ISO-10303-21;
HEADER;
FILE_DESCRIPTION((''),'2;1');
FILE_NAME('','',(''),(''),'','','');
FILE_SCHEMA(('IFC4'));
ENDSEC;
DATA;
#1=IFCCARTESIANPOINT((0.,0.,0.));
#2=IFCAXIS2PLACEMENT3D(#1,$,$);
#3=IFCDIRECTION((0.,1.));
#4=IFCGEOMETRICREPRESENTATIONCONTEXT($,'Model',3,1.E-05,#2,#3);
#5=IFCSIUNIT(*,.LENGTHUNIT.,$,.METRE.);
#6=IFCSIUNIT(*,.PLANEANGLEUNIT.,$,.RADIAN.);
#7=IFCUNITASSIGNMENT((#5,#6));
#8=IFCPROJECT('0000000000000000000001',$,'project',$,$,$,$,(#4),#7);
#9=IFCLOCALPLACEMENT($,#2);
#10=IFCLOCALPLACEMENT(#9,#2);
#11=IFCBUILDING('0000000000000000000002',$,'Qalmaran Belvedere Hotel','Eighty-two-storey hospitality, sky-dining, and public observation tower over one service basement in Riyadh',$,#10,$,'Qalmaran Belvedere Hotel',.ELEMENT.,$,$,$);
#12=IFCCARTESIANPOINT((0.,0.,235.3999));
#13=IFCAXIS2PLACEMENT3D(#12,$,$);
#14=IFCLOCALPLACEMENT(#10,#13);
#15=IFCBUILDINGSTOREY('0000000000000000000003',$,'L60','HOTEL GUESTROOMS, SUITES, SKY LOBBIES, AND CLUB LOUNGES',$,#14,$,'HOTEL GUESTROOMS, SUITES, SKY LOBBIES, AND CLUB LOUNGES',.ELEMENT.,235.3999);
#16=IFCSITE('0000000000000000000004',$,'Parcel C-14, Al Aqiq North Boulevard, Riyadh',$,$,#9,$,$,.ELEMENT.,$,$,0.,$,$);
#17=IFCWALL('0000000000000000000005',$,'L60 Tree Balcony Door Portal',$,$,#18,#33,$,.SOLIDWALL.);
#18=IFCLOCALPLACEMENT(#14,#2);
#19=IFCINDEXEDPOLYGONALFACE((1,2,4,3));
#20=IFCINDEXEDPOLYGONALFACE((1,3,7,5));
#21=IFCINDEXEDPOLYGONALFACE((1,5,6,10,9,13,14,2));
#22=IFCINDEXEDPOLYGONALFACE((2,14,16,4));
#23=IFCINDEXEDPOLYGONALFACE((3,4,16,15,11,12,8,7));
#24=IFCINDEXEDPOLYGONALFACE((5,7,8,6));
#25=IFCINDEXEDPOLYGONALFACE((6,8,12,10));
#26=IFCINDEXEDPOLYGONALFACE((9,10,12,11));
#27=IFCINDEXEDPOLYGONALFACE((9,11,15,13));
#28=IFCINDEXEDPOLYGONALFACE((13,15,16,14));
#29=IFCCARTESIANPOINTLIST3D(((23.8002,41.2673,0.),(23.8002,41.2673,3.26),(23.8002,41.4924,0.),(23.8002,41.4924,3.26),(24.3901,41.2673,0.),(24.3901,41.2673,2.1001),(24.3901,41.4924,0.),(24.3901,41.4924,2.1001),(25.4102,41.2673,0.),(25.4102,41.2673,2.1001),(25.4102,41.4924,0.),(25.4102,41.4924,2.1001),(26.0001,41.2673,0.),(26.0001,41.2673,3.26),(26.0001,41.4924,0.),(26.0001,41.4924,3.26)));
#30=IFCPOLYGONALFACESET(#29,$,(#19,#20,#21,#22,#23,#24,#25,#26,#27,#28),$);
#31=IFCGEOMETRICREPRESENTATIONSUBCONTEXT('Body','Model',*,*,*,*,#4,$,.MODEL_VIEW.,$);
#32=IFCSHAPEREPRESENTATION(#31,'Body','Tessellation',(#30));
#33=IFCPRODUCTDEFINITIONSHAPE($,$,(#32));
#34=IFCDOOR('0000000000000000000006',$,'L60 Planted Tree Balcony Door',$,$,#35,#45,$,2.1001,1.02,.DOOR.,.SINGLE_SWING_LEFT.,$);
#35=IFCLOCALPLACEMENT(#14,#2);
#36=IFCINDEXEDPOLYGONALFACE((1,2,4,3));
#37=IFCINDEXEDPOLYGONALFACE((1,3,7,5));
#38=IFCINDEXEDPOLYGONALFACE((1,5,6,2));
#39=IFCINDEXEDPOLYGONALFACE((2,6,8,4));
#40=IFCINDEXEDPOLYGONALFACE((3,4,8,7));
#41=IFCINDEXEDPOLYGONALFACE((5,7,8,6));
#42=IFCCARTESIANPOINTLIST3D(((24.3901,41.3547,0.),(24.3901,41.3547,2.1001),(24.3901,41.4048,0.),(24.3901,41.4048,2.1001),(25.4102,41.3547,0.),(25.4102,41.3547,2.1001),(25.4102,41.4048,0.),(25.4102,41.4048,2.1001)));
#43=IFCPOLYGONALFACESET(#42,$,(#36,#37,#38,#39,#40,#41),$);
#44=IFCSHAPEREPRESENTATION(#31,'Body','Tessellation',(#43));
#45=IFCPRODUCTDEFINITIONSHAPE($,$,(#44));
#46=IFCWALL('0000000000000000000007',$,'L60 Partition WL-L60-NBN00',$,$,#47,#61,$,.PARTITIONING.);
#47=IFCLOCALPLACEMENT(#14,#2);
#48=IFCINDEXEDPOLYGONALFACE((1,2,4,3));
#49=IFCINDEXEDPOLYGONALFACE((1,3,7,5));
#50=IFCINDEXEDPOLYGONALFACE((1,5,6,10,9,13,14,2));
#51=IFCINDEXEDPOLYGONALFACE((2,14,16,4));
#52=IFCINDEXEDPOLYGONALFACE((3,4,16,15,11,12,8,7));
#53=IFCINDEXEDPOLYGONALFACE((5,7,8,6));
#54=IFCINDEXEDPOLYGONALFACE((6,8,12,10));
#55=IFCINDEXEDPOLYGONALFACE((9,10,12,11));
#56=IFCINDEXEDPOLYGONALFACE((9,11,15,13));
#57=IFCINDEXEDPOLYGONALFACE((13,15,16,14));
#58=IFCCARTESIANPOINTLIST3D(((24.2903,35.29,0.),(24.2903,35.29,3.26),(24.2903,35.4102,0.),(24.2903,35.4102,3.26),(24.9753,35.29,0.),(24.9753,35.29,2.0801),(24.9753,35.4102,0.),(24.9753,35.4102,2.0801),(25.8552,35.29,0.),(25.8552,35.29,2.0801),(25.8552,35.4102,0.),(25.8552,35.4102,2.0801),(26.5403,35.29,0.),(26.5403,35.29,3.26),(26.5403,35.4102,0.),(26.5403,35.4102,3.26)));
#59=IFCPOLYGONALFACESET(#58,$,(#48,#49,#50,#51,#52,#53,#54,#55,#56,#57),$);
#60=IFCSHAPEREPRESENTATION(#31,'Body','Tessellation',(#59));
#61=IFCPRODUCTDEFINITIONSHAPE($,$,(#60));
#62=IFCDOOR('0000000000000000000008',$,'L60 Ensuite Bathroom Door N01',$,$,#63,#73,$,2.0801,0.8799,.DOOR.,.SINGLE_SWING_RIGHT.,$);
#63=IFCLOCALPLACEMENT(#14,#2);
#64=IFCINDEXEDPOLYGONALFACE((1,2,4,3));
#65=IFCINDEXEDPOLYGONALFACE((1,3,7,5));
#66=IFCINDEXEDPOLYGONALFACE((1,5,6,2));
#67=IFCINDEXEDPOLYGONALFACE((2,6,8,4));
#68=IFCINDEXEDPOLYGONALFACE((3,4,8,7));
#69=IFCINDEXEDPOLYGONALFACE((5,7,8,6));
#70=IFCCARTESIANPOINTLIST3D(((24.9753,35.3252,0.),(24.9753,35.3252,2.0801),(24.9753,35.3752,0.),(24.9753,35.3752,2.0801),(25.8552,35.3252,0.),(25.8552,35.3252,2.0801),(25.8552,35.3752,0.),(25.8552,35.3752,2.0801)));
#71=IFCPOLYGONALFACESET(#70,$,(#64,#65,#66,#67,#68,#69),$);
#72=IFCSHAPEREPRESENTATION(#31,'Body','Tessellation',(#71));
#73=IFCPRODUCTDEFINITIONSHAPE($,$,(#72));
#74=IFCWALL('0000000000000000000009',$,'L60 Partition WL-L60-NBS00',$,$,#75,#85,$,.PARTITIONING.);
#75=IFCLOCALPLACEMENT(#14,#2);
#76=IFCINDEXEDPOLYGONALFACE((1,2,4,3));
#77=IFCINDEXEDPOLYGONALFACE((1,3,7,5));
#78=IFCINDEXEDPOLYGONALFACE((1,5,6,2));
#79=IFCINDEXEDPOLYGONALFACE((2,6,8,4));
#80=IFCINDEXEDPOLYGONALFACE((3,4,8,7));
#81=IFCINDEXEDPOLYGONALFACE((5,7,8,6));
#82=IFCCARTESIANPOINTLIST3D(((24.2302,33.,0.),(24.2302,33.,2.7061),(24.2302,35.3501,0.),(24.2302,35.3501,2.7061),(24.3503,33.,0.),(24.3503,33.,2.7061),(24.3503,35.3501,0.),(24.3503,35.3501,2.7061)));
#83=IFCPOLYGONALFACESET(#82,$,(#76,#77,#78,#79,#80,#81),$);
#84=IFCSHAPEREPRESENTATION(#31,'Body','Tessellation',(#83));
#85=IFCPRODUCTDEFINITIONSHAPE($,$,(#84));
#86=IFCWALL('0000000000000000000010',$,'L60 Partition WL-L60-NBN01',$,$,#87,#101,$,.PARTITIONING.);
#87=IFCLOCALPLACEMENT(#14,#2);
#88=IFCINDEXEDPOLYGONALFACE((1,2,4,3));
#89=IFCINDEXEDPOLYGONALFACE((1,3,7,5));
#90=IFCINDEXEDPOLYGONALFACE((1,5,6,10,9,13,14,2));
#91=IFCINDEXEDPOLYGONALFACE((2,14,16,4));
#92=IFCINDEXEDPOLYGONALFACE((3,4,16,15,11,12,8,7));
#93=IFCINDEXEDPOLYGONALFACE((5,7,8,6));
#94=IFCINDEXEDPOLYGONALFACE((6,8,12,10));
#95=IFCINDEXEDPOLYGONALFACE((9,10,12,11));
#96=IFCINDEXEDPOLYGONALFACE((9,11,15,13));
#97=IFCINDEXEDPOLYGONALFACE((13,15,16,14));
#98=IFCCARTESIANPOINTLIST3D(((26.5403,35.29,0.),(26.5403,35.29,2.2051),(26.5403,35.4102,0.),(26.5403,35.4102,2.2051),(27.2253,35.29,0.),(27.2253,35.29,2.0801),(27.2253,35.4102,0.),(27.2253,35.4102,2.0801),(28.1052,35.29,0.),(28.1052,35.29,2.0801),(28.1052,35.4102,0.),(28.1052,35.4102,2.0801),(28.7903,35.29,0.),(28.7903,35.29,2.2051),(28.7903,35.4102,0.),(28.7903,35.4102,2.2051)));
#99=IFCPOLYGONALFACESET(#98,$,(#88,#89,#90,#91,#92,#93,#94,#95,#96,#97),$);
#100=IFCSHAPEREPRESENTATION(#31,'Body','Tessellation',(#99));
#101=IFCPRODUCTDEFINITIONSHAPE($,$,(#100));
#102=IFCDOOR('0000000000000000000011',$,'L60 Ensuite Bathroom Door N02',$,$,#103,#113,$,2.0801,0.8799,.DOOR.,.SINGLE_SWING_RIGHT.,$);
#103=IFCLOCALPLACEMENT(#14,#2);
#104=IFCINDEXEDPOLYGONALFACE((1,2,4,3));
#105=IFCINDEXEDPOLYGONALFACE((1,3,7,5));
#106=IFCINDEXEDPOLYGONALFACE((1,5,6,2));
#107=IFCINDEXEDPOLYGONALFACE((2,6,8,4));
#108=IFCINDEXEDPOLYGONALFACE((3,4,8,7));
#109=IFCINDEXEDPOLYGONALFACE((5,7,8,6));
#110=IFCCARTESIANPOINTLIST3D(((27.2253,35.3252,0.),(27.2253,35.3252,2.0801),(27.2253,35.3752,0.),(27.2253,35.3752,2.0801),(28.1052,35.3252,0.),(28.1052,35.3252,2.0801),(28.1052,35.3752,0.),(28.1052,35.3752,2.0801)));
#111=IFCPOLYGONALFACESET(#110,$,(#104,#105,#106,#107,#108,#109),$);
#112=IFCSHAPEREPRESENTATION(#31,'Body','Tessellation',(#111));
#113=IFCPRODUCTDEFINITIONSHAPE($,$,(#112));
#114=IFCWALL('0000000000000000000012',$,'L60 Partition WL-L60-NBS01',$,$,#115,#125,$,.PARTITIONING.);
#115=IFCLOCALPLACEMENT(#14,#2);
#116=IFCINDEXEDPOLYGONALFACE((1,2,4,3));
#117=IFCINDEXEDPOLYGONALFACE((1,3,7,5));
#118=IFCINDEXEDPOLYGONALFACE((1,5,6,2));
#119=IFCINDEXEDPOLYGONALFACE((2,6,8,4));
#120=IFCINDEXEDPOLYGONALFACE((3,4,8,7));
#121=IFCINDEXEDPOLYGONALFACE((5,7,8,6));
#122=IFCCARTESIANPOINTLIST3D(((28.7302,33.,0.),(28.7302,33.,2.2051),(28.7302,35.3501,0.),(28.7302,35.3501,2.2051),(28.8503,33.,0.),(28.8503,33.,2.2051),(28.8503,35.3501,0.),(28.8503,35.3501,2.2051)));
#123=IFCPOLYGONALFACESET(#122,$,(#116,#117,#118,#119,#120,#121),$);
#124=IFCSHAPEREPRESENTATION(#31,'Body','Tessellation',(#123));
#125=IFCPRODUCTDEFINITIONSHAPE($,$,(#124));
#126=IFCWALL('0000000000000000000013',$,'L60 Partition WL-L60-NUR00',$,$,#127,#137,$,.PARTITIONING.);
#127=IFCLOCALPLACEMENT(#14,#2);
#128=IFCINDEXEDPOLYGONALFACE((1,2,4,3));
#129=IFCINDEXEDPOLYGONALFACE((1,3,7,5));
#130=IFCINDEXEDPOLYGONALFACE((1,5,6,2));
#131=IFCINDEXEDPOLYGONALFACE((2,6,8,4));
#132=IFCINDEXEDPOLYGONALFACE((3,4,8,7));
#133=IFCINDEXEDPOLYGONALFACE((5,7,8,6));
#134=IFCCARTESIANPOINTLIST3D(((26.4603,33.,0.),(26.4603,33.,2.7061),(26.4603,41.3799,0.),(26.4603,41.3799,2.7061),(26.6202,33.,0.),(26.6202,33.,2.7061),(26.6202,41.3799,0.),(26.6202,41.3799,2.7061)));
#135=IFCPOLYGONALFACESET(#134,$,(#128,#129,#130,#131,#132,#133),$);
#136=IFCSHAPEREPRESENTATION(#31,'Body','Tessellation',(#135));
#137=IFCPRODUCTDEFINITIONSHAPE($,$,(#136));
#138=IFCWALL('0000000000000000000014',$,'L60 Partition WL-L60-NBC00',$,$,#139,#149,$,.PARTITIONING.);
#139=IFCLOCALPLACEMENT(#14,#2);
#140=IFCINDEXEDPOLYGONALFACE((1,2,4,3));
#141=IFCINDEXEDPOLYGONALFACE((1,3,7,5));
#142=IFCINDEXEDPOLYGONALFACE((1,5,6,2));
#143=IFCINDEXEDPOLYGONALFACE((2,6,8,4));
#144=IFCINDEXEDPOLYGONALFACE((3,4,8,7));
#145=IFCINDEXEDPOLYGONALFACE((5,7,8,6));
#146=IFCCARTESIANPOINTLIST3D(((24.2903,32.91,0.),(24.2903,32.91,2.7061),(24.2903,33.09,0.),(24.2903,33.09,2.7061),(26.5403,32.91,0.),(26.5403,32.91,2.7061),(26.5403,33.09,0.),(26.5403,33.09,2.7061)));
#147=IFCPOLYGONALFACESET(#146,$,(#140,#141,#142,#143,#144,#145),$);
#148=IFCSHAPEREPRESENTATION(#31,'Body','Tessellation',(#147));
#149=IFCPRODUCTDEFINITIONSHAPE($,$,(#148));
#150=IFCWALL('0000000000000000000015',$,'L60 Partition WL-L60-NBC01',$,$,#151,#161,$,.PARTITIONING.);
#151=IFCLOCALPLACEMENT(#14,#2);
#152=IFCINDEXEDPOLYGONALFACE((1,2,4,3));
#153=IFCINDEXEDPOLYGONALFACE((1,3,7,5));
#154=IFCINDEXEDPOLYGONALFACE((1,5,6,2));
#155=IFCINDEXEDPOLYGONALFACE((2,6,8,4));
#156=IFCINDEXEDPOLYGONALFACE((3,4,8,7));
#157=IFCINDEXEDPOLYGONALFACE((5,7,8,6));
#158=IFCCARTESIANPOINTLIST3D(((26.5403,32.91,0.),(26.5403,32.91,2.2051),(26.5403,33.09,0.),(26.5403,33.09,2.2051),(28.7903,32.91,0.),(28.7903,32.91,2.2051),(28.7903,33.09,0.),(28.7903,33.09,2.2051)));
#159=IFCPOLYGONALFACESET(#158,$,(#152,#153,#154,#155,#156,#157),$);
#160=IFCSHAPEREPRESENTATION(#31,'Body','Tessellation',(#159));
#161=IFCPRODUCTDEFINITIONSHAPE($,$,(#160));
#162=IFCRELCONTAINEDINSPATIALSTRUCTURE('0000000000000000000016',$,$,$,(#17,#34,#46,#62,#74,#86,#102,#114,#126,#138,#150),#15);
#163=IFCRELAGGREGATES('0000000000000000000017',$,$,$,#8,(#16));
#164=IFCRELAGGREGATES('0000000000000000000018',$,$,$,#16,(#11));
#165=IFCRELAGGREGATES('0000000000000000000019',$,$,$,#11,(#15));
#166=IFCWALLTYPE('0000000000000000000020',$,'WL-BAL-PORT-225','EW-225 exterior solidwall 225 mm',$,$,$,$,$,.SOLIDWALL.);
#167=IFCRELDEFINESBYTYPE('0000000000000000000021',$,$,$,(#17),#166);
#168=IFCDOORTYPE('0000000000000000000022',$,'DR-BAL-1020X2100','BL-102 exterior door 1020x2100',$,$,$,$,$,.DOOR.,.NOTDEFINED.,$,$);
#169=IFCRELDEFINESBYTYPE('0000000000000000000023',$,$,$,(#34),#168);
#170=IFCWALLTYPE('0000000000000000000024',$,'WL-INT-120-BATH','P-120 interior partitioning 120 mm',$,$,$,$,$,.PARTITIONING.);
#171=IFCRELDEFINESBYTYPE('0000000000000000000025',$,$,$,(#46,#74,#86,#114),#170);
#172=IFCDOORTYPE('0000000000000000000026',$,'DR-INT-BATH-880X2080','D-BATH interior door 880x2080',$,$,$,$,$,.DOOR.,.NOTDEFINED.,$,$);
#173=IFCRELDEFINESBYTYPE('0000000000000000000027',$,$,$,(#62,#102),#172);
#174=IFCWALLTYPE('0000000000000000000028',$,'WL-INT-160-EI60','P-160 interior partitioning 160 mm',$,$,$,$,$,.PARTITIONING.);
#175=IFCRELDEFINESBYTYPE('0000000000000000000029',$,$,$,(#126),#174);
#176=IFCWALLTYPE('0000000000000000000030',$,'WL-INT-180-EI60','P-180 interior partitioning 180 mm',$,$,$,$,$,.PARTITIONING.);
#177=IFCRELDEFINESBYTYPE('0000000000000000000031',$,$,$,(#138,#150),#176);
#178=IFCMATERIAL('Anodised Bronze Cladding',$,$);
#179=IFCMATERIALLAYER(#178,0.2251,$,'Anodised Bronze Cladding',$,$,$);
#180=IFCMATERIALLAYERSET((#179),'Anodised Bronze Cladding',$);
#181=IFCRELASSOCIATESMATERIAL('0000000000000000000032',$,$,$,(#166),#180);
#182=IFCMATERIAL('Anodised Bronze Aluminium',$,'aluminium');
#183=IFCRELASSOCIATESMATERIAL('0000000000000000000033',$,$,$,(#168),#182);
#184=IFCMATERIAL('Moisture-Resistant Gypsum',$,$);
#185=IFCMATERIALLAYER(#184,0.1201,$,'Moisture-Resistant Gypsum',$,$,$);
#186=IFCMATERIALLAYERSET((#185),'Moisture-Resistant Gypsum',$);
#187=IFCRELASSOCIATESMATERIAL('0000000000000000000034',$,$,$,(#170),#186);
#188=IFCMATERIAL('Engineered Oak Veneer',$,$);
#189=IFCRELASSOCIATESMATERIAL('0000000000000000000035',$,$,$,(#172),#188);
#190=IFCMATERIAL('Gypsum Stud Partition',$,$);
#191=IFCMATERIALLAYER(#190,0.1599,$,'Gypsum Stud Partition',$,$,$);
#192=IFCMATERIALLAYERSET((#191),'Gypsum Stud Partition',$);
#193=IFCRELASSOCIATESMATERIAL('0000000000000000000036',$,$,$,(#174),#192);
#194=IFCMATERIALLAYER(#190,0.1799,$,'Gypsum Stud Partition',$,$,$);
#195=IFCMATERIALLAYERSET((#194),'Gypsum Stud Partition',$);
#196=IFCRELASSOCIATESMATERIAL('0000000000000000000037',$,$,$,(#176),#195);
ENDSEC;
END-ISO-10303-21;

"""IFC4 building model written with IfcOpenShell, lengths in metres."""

from ifc_helpers import new_model, si_unit, direction, frame, frame_2d, origin, place, context, subcontext, project, spatial, rectangle, extrude, material, layer, layer_set, type_object, element, fill, save


model = new_model("IFC4")

# Units and contexts
model_context = context("Model", 3, precision=1e-05, world=origin(), true_north=direction((0.0, 1.0)))
body_context = subcontext(model_context, "Body", "Model", "MODEL_VIEW")
ifc_project = project(units=[si_unit("LENGTHUNIT", "METRE"), si_unit("PLANEANGLEUNIT", "RADIAN")], contexts=[model_context])

# Site, building, storey
site_placement = place(None, origin())
site = spatial("IfcSite", under=ifc_project, at=site_placement, Name="Parcel C-14, Al Aqiq North Boulevard, Riyadh", CompositionType="ELEMENT", RefElevation=0.0)
building_placement = place(site_placement, origin())
building = spatial("IfcBuilding", under=site, at=building_placement, Name="Qalmaran Belvedere Hotel", Description="Eighty-two-storey hospitality, sky-dining, and public observation tower over one service basement in Riyadh", LongName="Qalmaran Belvedere Hotel", CompositionType="ELEMENT")
storey_placement = place(building_placement, frame((0.0, 0.0, 235.3999)))
storey = spatial("IfcBuildingStorey", under=building, at=storey_placement, Name="L60", Description="HOTEL GUESTROOMS, SUITES, SKY LOBBIES, AND CLUB LOUNGES", LongName="HOTEL GUESTROOMS, SUITES, SKY LOBBIES, AND CLUB LOUNGES", CompositionType="ELEMENT", Elevation=235.3999)

# Shared definitions
ifc_material_1 = material(Name="Anodised Bronze Aluminium", Category="aluminium")

# Walls, openings, doors
ifc_material_2 = material(Name="Anodised Bronze Cladding")
ifc_layer_1 = layer(ifc_material_2, 0.2251, Name="Anodised Bronze Cladding")
ifc_layer_set_1 = layer_set([ifc_layer_1], Name="Anodised Bronze Cladding")
wall_type_1 = type_object("IfcWallType", Name="WL-BAL-PORT-225", Description="EW-225 exterior solidwall 225 mm", PredefinedType="SOLIDWALL", material=ifc_layer_set_1)
wall_1_placement = place(storey_placement, frame((23.8, 41.3799, 0.0), z_axis=(0.0, 0.0, 1.0), x_axis=(1.0, 0.0, 0.0)))
wall_1 = element("IfcWall", 1, at=wall_1_placement, inside=storey, type_object=wall_type_1, Name="L60 Tree Balcony Door Portal", PredefinedType="SOLIDWALL", context=body_context, shape_type="SweptSolid", body=[
    extrude(rectangle(XDim=2.2, YDim=0.2251, at=frame_2d((1.1001, 0.0))), origin(), (0.0, 0.0, 1.0), 3.26),
])
opening_1_placement = place(wall_1_placement, frame((0.5901, 0.0, 0.0)))
opening_1 = element("IfcOpeningElement", 2, at=opening_1_placement, cuts=wall_1, PredefinedType="OPENING", context=body_context, shape_type="SweptSolid", body=[
    extrude(rectangle(XDim=1.02, YDim=2.1001, at=frame_2d((0.51, 1.05))), frame((0.0, 0.1226, 0.0), z_axis=(0.0, -1.0, 0.0), x_axis=(1.0, 0.0, 0.0)), (0.0, 0.0, 1.0), 0.2451),
])
door_type_1 = type_object("IfcDoorType", Name="DR-BAL-1020X2100", Description="BL-102 exterior door 1020x2100", OperationType="NOTDEFINED", PredefinedType="DOOR", material=ifc_material_1)
door_1_placement = place(opening_1_placement, origin())
door_1 = element("IfcDoor", 3, at=door_1_placement, inside=storey, type_object=door_type_1, Name="L60 Planted Tree Balcony Door", OperationType="SINGLE_SWING_LEFT", OverallHeight=2.1001, OverallWidth=1.02, PredefinedType="DOOR", context=body_context, shape_type="SweptSolid", body=[
    extrude(rectangle(XDim=1.02, YDim=2.1001, at=frame_2d((0.51, 1.05))), frame((0.0, 0.0249, 0.0), z_axis=(0.0, -1.0, 0.0), x_axis=(1.0, 0.0, 0.0)), (0.0, 0.0, 1.0), 0.05),
])
fill(opening_1, door_1)
ifc_material_3 = material(Name="Moisture-Resistant Gypsum")
ifc_layer_2 = layer(ifc_material_3, 0.1201, Name="Moisture-Resistant Gypsum")
ifc_layer_set_2 = layer_set([ifc_layer_2], Name="Moisture-Resistant Gypsum")
wall_type_2 = type_object("IfcWallType", Name="WL-INT-120-BATH", Description="P-120 interior partitioning 120 mm", PredefinedType="PARTITIONING", material=ifc_layer_set_2)
wall_2_placement = place(storey_placement, frame((24.2903, 35.3501, 0.0), z_axis=(0.0, 0.0, 1.0), x_axis=(1.0, 0.0, 0.0)))
wall_2 = element("IfcWall", 4, at=wall_2_placement, inside=storey, type_object=wall_type_2, Name="L60 Partition WL-L60-NBN00", PredefinedType="PARTITIONING", context=body_context, shape_type="SweptSolid", body=[
    extrude(rectangle(XDim=2.25, YDim=0.1201, at=frame_2d((1.125, 0.0))), origin(), (0.0, 0.0, 1.0), 3.26),
])
opening_2_placement = place(wall_2_placement, frame((1.5649, 0.0, 0.0), z_axis=(0.0, 0.0, 1.0), x_axis=(-1.0, 0.0, 0.0)))
opening_2 = element("IfcOpeningElement", 5, at=opening_2_placement, cuts=wall_2, PredefinedType="OPENING", context=body_context, shape_type="SweptSolid", body=[
    extrude(rectangle(XDim=0.8799, YDim=2.0801, at=frame_2d((0.4399, 1.04))), frame((0.0, 0.0701, 0.0), z_axis=(0.0, -1.0, 0.0), x_axis=(1.0, 0.0, 0.0)), (0.0, 0.0, 1.0), 0.1401),
])
ifc_material_4 = material(Name="Engineered Oak Veneer")
door_type_2 = type_object("IfcDoorType", Name="DR-INT-BATH-880X2080", Description="D-BATH interior door 880x2080", OperationType="NOTDEFINED", PredefinedType="DOOR", material=ifc_material_4)
door_2_placement = place(opening_2_placement, origin())
door_2 = element("IfcDoor", 6, at=door_2_placement, inside=storey, type_object=door_type_2, Name="L60 Ensuite Bathroom Door N01", OperationType="SINGLE_SWING_RIGHT", OverallHeight=2.0801, OverallWidth=0.8799, PredefinedType="DOOR", context=body_context, shape_type="SweptSolid", body=[
    extrude(rectangle(XDim=0.8799, YDim=2.0801, at=frame_2d((0.4399, 1.04))), frame((0.0, 0.0249, 0.0), z_axis=(0.0, -1.0, 0.0), x_axis=(1.0, 0.0, 0.0)), (0.0, 0.0, 1.0), 0.05),
])
fill(opening_2, door_2)

# Wall
wall_3_placement = place(storey_placement, frame((24.2903, 33.0, 0.0), z_axis=(0.0, 0.0, 1.0), x_axis=(0.0, 1.0, 0.0)))
element("IfcWall", 7, at=wall_3_placement, inside=storey, type_object=wall_type_2, Name="L60 Partition WL-L60-NBS00", PredefinedType="PARTITIONING", context=body_context, shape_type="SweptSolid", body=[
    extrude(rectangle(XDim=2.3501, YDim=0.1201, at=frame_2d((1.175, 0.0))), origin(), (0.0, 0.0, 1.0), 2.7061),
])

# Wall, opening, door
wall_4_placement = place(storey_placement, frame((26.5403, 35.3501, 0.0), z_axis=(0.0, 0.0, 1.0), x_axis=(1.0, 0.0, 0.0)))
wall_4 = element("IfcWall", 8, at=wall_4_placement, inside=storey, type_object=wall_type_2, Name="L60 Partition WL-L60-NBN01", PredefinedType="PARTITIONING", context=body_context, shape_type="SweptSolid", body=[
    extrude(rectangle(XDim=2.25, YDim=0.1201, at=frame_2d((1.125, 0.0))), origin(), (0.0, 0.0, 1.0), 2.2051),
])
opening_3_placement = place(wall_4_placement, frame((1.5649, 0.0, 0.0), z_axis=(0.0, 0.0, 1.0), x_axis=(-1.0, 0.0, 0.0)))
opening_3 = element("IfcOpeningElement", 9, at=opening_3_placement, cuts=wall_4, PredefinedType="OPENING", context=body_context, shape_type="SweptSolid", body=[
    extrude(rectangle(XDim=0.8799, YDim=2.0801, at=frame_2d((0.4399, 1.04))), frame((0.0, 0.0701, 0.0), z_axis=(0.0, -1.0, 0.0), x_axis=(1.0, 0.0, 0.0)), (0.0, 0.0, 1.0), 0.1401),
])
door_3_placement = place(opening_3_placement, origin())
door_3 = element("IfcDoor", 10, at=door_3_placement, inside=storey, type_object=door_type_2, Name="L60 Ensuite Bathroom Door N02", OperationType="SINGLE_SWING_RIGHT", OverallHeight=2.0801, OverallWidth=0.8799, PredefinedType="DOOR", context=body_context, shape_type="SweptSolid", body=[
    extrude(rectangle(XDim=0.8799, YDim=2.0801, at=frame_2d((0.4399, 1.04))), frame((0.0, 0.0249, 0.0), z_axis=(0.0, -1.0, 0.0), x_axis=(1.0, 0.0, 0.0)), (0.0, 0.0, 1.0), 0.05),
])
fill(opening_3, door_3)

# Walls
wall_5_placement = place(storey_placement, frame((28.7903, 33.0, 0.0), z_axis=(0.0, 0.0, 1.0), x_axis=(0.0, 1.0, 0.0)))
element("IfcWall", 11, at=wall_5_placement, inside=storey, type_object=wall_type_2, Name="L60 Partition WL-L60-NBS01", PredefinedType="PARTITIONING", context=body_context, shape_type="SweptSolid", body=[
    extrude(rectangle(XDim=2.3501, YDim=0.1201, at=frame_2d((1.175, 0.0))), origin(), (0.0, 0.0, 1.0), 2.2051),
])
ifc_material_5 = material(Name="Gypsum Stud Partition")
ifc_layer_3 = layer(ifc_material_5, 0.1599, Name="Gypsum Stud Partition")
ifc_layer_set_3 = layer_set([ifc_layer_3], Name="Gypsum Stud Partition")
wall_type_3 = type_object("IfcWallType", Name="WL-INT-160-EI60", Description="P-160 interior partitioning 160 mm", PredefinedType="PARTITIONING", material=ifc_layer_set_3)
wall_6_placement = place(storey_placement, frame((26.5403, 33.0, 0.0), z_axis=(0.0, 0.0, 1.0), x_axis=(0.0, 1.0, 0.0)))
element("IfcWall", 12, at=wall_6_placement, inside=storey, type_object=wall_type_3, Name="L60 Partition WL-L60-NUR00", PredefinedType="PARTITIONING", context=body_context, shape_type="SweptSolid", body=[
    extrude(rectangle(XDim=8.3799, YDim=0.1599, at=frame_2d((4.1899, 0.0))), origin(), (0.0, 0.0, 1.0), 2.7061),
])
ifc_layer_4 = layer(ifc_material_5, 0.1799, Name="Gypsum Stud Partition")
ifc_layer_set_4 = layer_set([ifc_layer_4], Name="Gypsum Stud Partition")
wall_type_4 = type_object("IfcWallType", Name="WL-INT-180-EI60", Description="P-180 interior partitioning 180 mm", PredefinedType="PARTITIONING", material=ifc_layer_set_4)
wall_7_placement = place(storey_placement, frame((24.2903, 33.0, 0.0), z_axis=(0.0, 0.0, 1.0), x_axis=(1.0, 0.0, 0.0)))
element("IfcWall", 13, at=wall_7_placement, inside=storey, type_object=wall_type_4, Name="L60 Partition WL-L60-NBC00", PredefinedType="PARTITIONING", context=body_context, shape_type="SweptSolid", body=[
    extrude(rectangle(XDim=2.25, YDim=0.1799, at=frame_2d((1.125, 0.0))), origin(), (0.0, 0.0, 1.0), 2.7061),
])
wall_8_placement = place(storey_placement, frame((26.5403, 33.0, 0.0), z_axis=(0.0, 0.0, 1.0), x_axis=(1.0, 0.0, 0.0)))
element("IfcWall", 14, at=wall_8_placement, inside=storey, type_object=wall_type_4, Name="L60 Partition WL-L60-NBC01", PredefinedType="PARTITIONING", context=body_context, shape_type="SweptSolid", body=[
    extrude(rectangle(XDim=2.25, YDim=0.1799, at=frame_2d((1.125, 0.0))), origin(), (0.0, 0.0, 1.0), 2.2051),
])

save(model, "model.ifc")
